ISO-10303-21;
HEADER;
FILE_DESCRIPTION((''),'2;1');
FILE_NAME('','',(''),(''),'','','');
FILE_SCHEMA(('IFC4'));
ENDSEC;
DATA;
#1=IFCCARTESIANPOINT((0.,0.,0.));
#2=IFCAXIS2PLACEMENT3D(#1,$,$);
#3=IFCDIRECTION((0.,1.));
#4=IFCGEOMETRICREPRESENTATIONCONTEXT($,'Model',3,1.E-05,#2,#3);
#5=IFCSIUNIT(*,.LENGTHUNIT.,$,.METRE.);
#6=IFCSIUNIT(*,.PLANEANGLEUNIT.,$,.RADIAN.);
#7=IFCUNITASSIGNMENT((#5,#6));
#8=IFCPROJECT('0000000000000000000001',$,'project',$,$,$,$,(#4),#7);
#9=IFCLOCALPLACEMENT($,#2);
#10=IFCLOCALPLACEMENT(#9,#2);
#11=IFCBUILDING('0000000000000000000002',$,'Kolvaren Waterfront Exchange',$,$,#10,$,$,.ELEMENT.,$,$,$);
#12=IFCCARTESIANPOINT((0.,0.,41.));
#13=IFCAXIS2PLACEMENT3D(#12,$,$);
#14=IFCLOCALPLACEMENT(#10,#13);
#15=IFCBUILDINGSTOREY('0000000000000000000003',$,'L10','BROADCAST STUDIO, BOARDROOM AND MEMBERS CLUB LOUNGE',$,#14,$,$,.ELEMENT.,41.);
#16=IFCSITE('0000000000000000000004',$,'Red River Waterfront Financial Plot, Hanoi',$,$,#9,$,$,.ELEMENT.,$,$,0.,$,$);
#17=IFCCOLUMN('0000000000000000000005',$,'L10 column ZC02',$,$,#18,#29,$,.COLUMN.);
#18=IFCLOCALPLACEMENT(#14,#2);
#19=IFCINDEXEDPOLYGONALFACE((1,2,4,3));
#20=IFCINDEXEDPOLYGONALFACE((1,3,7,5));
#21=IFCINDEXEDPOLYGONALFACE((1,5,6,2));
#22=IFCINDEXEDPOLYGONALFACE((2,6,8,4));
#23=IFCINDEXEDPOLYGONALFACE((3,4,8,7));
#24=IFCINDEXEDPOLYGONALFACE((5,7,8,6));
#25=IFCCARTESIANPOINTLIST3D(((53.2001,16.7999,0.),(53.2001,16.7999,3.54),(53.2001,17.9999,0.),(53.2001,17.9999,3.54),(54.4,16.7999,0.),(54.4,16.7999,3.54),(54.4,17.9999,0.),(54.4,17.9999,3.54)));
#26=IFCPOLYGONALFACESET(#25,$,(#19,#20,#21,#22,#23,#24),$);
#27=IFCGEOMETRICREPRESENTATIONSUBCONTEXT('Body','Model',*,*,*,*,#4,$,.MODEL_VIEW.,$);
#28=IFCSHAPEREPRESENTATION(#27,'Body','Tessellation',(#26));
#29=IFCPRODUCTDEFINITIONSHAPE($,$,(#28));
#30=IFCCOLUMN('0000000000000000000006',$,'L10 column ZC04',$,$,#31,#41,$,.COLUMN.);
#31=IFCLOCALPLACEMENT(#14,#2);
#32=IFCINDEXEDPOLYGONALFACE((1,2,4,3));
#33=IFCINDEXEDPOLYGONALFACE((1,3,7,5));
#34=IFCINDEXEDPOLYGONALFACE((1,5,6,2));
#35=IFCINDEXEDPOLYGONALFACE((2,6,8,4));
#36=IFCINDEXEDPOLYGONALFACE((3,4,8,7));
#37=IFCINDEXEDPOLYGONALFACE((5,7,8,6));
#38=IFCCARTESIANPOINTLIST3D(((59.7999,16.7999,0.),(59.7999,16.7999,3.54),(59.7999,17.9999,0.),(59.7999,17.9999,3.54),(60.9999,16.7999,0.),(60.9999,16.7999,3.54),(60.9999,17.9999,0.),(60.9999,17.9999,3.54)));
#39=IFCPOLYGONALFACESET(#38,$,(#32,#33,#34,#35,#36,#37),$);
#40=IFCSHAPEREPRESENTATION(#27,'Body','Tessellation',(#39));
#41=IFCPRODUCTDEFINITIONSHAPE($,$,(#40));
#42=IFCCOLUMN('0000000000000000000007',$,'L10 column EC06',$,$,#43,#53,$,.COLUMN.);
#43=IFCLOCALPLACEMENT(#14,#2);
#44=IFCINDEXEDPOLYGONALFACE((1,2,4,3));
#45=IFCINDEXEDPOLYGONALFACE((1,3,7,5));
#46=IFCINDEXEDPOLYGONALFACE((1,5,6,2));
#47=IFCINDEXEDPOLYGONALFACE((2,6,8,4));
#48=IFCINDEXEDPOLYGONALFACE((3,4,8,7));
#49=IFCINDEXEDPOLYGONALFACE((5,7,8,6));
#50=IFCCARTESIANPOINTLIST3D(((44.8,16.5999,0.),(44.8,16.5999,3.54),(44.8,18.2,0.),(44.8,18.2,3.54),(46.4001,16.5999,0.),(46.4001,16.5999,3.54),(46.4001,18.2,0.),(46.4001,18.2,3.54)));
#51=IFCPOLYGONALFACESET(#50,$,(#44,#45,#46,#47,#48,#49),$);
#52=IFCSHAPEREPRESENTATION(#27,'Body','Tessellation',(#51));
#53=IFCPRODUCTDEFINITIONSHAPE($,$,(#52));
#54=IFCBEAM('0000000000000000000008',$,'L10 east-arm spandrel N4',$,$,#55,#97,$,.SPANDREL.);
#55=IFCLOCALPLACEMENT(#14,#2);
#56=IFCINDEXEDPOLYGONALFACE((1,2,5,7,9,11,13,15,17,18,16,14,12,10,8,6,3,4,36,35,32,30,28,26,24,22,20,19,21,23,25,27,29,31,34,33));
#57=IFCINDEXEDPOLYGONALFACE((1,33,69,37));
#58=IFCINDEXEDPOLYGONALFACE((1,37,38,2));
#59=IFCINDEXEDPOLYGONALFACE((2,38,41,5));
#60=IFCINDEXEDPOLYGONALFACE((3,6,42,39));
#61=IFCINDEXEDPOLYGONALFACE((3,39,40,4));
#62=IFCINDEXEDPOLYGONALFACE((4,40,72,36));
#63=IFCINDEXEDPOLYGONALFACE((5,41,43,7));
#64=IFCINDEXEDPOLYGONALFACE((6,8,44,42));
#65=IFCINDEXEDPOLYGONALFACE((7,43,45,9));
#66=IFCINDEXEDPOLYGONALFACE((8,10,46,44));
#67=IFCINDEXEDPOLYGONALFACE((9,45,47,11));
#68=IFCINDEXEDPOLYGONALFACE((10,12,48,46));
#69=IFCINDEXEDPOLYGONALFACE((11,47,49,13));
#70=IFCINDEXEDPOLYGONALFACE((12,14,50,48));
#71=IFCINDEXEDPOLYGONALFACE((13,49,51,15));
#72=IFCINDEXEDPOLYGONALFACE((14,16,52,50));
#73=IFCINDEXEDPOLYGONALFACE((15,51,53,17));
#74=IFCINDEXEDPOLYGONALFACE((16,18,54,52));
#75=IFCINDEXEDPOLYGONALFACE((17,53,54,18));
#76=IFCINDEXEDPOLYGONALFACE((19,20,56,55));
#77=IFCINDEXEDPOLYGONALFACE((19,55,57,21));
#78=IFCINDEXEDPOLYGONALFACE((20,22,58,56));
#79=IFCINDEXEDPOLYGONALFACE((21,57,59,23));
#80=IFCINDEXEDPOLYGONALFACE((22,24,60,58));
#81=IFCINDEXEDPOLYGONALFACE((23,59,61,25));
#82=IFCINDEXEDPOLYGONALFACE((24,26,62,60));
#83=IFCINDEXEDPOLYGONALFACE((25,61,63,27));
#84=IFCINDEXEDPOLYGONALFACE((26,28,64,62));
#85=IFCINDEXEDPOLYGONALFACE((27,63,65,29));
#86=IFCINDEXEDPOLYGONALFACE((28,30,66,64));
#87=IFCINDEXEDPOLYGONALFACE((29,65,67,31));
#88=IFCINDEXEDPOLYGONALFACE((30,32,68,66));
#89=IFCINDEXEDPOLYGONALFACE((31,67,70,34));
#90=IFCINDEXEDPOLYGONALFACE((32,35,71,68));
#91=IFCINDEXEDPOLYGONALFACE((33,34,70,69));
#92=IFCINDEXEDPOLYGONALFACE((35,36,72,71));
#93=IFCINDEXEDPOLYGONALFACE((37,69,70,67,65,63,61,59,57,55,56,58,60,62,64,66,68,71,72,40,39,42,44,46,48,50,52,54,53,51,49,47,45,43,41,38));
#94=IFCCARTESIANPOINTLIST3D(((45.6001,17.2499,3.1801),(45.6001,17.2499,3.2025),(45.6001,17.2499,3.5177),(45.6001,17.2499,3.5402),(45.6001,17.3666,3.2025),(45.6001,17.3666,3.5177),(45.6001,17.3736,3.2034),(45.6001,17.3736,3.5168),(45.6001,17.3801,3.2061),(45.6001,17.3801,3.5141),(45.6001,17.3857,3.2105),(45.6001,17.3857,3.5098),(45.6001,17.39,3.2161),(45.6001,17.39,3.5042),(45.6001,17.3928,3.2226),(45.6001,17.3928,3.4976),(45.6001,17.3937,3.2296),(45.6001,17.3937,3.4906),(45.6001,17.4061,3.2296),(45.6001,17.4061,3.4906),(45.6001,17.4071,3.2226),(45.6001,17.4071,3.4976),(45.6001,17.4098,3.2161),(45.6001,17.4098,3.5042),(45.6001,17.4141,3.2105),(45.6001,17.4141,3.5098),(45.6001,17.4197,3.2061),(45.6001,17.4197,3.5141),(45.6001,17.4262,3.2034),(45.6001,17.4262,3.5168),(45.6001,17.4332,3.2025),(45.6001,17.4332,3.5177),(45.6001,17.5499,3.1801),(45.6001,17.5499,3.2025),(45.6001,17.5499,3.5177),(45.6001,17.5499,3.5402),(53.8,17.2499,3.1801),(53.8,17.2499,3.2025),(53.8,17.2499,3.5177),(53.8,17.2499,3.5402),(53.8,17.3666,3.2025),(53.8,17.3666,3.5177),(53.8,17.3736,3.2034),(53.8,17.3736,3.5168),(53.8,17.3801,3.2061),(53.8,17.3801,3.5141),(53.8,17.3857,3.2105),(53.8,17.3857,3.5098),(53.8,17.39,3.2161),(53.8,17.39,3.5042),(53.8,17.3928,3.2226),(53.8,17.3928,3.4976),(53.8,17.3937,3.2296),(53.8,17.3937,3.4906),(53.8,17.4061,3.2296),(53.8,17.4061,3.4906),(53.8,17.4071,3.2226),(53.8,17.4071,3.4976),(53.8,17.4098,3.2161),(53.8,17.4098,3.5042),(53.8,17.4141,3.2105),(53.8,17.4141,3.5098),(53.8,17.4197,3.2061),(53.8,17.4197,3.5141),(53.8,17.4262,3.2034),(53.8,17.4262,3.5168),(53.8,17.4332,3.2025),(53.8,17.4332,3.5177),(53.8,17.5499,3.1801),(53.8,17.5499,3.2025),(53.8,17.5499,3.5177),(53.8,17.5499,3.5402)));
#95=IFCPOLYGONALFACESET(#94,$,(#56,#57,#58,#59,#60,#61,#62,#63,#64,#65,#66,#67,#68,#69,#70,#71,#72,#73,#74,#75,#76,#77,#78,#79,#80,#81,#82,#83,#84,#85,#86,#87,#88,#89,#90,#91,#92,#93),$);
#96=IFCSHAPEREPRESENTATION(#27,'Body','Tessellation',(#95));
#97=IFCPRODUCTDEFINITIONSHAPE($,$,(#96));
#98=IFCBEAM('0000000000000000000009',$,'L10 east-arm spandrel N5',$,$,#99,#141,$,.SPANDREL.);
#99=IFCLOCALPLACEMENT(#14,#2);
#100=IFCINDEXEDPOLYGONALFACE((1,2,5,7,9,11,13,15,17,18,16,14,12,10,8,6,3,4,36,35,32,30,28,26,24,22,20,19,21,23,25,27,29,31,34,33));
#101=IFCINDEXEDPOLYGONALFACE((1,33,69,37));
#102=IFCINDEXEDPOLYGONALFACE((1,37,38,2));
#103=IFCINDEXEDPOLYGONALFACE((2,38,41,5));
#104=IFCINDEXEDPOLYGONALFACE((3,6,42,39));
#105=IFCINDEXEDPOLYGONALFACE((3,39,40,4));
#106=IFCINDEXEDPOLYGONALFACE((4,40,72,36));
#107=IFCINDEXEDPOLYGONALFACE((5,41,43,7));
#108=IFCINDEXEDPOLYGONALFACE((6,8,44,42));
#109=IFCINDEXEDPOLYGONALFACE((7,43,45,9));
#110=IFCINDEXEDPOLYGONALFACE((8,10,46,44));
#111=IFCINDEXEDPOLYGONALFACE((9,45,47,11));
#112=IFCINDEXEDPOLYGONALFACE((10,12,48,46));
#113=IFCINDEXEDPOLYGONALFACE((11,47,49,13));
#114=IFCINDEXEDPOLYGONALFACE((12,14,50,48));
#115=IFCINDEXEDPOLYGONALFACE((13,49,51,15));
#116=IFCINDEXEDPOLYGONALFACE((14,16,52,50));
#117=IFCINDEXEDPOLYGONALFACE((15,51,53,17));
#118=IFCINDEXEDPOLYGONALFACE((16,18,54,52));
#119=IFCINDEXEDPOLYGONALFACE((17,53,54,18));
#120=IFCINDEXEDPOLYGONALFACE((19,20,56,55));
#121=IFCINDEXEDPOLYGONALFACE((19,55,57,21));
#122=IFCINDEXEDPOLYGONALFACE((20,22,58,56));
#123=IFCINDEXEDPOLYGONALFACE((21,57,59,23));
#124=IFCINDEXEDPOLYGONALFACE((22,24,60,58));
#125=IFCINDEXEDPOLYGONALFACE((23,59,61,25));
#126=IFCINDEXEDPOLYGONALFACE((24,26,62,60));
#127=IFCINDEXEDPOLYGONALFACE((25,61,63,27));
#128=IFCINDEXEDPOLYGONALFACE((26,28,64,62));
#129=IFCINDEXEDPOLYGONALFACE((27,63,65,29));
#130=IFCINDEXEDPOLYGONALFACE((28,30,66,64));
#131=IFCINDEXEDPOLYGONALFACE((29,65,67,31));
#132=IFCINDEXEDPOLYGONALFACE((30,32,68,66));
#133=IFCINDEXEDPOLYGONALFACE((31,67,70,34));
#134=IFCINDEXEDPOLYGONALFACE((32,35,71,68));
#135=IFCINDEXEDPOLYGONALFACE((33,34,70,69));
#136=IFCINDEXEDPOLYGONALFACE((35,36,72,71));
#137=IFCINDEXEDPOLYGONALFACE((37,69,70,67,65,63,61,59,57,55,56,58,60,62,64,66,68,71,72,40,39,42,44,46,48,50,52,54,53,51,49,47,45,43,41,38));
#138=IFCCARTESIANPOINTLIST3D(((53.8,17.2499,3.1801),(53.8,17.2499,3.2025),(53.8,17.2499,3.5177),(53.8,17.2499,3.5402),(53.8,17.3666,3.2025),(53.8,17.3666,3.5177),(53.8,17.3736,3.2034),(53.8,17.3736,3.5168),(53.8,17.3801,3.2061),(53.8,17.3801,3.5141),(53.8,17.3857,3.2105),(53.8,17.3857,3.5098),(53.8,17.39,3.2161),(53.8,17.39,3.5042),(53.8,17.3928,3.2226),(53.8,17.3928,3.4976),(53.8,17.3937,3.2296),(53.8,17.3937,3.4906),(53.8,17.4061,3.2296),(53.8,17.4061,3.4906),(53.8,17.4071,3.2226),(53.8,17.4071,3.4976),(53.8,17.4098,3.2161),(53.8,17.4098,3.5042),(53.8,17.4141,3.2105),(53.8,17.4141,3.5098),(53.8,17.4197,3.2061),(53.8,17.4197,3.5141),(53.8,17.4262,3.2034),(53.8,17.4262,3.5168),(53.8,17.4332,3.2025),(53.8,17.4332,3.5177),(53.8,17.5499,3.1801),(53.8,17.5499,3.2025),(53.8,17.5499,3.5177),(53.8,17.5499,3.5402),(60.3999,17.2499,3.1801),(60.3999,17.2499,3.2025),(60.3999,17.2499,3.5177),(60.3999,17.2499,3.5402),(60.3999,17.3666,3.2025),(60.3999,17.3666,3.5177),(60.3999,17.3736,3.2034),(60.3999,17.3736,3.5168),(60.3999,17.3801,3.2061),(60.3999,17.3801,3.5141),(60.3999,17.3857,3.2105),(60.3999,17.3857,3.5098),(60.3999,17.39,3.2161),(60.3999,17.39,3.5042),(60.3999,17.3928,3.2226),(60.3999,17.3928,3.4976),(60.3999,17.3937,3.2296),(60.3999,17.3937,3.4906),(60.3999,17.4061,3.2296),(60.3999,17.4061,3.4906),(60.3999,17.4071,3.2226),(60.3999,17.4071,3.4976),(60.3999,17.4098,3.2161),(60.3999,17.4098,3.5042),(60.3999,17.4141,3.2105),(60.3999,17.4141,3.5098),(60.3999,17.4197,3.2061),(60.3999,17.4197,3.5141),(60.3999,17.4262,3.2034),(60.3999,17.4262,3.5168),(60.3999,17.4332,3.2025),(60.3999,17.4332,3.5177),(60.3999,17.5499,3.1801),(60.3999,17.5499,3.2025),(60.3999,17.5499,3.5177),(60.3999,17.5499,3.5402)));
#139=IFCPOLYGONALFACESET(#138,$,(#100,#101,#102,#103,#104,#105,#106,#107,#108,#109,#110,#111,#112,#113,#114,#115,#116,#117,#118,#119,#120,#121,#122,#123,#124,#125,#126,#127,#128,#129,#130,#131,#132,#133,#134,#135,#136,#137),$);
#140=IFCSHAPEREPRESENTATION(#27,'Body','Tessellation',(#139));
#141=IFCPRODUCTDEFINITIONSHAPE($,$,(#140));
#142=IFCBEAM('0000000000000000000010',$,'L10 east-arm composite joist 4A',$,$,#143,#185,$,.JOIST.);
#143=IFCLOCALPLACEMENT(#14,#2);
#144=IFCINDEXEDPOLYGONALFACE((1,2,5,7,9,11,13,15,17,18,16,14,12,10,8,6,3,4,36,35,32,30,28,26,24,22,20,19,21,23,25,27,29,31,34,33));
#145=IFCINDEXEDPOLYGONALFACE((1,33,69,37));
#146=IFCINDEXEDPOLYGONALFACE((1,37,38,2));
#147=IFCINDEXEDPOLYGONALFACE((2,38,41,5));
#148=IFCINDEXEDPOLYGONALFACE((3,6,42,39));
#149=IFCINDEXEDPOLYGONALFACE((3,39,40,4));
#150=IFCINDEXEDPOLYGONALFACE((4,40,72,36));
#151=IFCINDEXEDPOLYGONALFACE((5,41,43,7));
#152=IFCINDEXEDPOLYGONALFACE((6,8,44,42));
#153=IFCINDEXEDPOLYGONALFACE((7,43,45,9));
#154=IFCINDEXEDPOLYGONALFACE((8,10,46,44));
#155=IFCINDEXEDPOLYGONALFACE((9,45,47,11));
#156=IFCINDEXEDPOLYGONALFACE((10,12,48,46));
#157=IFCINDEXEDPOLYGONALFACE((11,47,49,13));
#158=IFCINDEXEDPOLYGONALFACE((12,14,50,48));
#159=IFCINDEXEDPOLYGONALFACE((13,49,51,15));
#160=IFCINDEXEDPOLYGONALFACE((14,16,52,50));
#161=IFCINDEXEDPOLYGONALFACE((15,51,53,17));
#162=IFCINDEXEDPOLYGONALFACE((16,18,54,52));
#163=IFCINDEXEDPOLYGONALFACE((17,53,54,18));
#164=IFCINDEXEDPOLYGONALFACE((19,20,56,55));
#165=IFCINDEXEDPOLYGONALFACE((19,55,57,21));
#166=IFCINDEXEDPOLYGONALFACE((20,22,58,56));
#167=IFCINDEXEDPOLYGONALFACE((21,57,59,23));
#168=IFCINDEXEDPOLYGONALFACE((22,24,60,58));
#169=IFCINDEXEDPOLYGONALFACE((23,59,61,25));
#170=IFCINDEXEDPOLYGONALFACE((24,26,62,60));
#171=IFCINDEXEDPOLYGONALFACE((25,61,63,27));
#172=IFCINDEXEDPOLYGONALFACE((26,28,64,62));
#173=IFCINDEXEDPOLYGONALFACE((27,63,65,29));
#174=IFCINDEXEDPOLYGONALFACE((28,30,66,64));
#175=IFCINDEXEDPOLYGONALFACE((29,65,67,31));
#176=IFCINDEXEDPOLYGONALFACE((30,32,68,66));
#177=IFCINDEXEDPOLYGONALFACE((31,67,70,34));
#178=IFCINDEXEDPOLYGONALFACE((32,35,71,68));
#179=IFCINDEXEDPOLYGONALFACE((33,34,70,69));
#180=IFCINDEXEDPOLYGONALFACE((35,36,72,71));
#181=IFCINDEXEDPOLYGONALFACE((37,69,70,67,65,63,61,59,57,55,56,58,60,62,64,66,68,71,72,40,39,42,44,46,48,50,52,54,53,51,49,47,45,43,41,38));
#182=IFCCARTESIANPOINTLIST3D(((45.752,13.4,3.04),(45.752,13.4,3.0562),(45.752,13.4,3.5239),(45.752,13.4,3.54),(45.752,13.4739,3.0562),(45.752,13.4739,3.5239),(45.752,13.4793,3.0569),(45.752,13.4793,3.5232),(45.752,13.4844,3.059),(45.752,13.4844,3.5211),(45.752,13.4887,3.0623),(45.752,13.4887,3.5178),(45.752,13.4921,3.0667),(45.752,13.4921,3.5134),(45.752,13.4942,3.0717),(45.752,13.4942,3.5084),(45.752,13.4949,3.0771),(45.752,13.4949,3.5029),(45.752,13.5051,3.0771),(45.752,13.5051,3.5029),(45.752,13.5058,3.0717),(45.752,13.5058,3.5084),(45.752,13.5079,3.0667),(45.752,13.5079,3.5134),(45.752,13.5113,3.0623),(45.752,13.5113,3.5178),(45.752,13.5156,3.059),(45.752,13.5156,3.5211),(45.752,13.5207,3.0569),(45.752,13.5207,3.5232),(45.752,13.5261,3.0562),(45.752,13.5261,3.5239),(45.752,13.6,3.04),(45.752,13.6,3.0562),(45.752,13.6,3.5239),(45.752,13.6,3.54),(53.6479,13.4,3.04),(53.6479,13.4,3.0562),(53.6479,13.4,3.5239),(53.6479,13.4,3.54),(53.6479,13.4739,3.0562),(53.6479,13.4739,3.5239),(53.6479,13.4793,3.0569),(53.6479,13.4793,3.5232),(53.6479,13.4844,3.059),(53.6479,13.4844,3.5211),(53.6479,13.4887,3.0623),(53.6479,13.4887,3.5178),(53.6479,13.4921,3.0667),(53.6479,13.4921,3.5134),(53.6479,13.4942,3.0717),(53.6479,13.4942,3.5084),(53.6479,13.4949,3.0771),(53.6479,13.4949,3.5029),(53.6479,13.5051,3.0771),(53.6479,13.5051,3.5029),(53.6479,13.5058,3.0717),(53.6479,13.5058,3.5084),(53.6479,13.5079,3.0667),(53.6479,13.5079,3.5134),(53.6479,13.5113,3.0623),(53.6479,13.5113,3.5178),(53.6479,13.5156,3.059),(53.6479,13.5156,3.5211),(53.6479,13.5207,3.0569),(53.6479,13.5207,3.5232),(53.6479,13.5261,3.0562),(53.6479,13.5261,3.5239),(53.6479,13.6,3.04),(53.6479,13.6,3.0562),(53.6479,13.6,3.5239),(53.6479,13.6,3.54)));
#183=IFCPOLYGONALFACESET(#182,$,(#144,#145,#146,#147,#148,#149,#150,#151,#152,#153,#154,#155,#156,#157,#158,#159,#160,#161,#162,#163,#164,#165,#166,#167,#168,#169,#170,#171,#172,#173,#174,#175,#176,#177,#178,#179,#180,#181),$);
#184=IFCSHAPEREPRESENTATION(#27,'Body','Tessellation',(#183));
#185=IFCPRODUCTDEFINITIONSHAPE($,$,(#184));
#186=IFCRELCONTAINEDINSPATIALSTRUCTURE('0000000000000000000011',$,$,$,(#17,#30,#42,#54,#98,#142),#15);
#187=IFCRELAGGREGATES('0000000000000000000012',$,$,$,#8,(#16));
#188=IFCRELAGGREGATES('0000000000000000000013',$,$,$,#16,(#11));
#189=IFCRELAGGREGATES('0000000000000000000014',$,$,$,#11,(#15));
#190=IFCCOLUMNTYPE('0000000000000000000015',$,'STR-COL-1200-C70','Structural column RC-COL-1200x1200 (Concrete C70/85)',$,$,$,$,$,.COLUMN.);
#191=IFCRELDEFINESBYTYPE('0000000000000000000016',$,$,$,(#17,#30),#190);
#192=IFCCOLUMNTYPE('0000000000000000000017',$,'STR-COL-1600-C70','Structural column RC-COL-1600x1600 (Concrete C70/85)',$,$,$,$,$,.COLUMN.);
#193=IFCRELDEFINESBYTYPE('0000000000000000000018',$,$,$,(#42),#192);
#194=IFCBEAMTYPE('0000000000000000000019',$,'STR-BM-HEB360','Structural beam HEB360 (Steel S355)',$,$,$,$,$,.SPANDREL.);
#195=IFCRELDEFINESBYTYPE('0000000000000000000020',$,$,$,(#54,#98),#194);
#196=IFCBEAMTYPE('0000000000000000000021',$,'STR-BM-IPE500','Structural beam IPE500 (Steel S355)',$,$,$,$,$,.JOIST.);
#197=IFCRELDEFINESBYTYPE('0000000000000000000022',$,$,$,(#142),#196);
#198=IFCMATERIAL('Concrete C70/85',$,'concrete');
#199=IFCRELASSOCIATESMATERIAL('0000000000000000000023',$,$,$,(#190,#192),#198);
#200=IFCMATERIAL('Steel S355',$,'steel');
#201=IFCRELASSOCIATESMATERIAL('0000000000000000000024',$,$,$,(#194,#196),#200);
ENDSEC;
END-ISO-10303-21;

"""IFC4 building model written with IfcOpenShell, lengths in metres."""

from ifc_helpers import new_model, si_unit, direction, frame, origin, origin_2d, place, context, subcontext, project, spatial, rectangle, i_section, extrude, material, material_profile, profile_set, type_object, element, save


model = new_model("IFC4")

# Units and contexts
model_context = context("Model", 3, precision=1e-05, world=origin(), true_north=direction((0.0, 1.0)))
body_context = subcontext(model_context, "Body", "Model", "MODEL_VIEW")
ifc_project = project(units=[si_unit("LENGTHUNIT", "METRE"), si_unit("PLANEANGLEUNIT", "RADIAN")], contexts=[model_context])

# Site, building, storey
site_placement = place(None, origin())
site = spatial("IfcSite", under=ifc_project, at=site_placement, Name="Red River Waterfront Financial Plot, Hanoi", CompositionType="ELEMENT", RefElevation=0.0)
building_placement = place(site_placement, origin())
building = spatial("IfcBuilding", under=site, at=building_placement, Name="Kolvaren Waterfront Exchange", CompositionType="ELEMENT")
storey_placement = place(building_placement, frame((0.0, 0.0, 41.0)))
storey = spatial("IfcBuildingStorey", under=building, at=storey_placement, Name="L10", Description="BROADCAST STUDIO, BOARDROOM AND MEMBERS CLUB LOUNGE", CompositionType="ELEMENT", Elevation=41.0)

# Columns
ifc_material_1 = material(Name="Concrete C70/85", Category="concrete")
ifc_material_profile_1 = material_profile(ifc_material_1, rectangle(XDim=1.2, YDim=1.2, at=origin_2d()), Name="RC-COL-1200x1200")
ifc_profile_set_1 = profile_set([ifc_material_profile_1], Name="Concrete C70/85")
column_type_1 = type_object("IfcColumnType", Name="STR-COL-1200-C70", Description="Structural column RC-COL-1200x1200 (Concrete C70/85)", PredefinedType="COLUMN", material=ifc_profile_set_1)
for number, where, z_axis, x_axis, name in (
    (1, (53.8, 17.3999, 0.0), (0.0, 0.0, 1.0), (1.0, 0.0, 0.0), "L10 column ZC02"),
    (2, (60.3999, 17.3999, 0.0), (0.0, 0.0, 1.0), (1.0, 0.0, 0.0), "L10 column ZC04"),
):
    element("IfcColumn", number, at=place(storey_placement, frame(where, z_axis=z_axis, x_axis=x_axis)), inside=storey, type_object=column_type_1, Name=name, PredefinedType="COLUMN", context=body_context, shape_type="SweptSolid", body=[
        extrude(rectangle(XDim=1.2, YDim=1.2, at=origin_2d()), origin(), (0.0, 0.0, 1.0), 3.54),
    ])
ifc_material_profile_2 = material_profile(ifc_material_1, rectangle(XDim=1.6001, YDim=1.6001, at=origin_2d()), Name="RC-COL-1600x1600")
ifc_profile_set_2 = profile_set([ifc_material_profile_2], Name="Concrete C70/85")
column_type_2 = type_object("IfcColumnType", Name="STR-COL-1600-C70", Description="Structural column RC-COL-1600x1600 (Concrete C70/85)", PredefinedType="COLUMN", material=ifc_profile_set_2)
column_placement = place(storey_placement, frame((45.6001, 17.3999, 0.0), z_axis=(0.0, 0.0, 1.0), x_axis=(1.0, 0.0, 0.0)))
element("IfcColumn", 3, at=column_placement, inside=storey, type_object=column_type_2, Name="L10 column EC06", PredefinedType="COLUMN", context=body_context, shape_type="SweptSolid", body=[
    extrude(rectangle(XDim=1.6001, YDim=1.6001, at=origin_2d()), origin(), (0.0, 0.0, 1.0), 3.54),
])

# Beams
ifc_material_2 = material(Name="Steel S355", Category="steel")
ifc_material_profile_3 = material_profile(ifc_material_2, i_section(OverallWidth=0.3, OverallDepth=0.3601, WebThickness=0.0125, FlangeThickness=0.0225, FilletRadius=0.0271, at=origin_2d()), Name="HEB360")
ifc_profile_set_3 = profile_set([ifc_material_profile_3], Name="Steel S355")
beam_type_1 = type_object("IfcBeamType", Name="STR-BM-HEB360", Description="Structural beam HEB360 (Steel S355)", PredefinedType="SPANDREL", material=ifc_profile_set_3)
beam_1_placement = place(storey_placement, frame((45.6001, 17.3999, 3.3601), z_axis=(1.0, 0.0, 0.0), x_axis=(0.0, 1.0, 0.0)))
element("IfcBeam", 4, at=beam_1_placement, inside=storey, type_object=beam_type_1, Name="L10 east-arm spandrel N4", PredefinedType="SPANDREL", context=body_context, shape_type="SweptSolid", body=[
    extrude(i_section(OverallWidth=0.3, OverallDepth=0.3601, WebThickness=0.0125, FlangeThickness=0.0225, FilletRadius=0.0271, at=origin_2d()), origin(), (0.0, 0.0, 1.0), 8.2),
])
beam_2_placement = place(storey_placement, frame((53.8, 17.3999, 3.3601), z_axis=(1.0, 0.0, 0.0), x_axis=(0.0, 1.0, 0.0)))
element("IfcBeam", 5, at=beam_2_placement, inside=storey, type_object=beam_type_1, Name="L10 east-arm spandrel N5", PredefinedType="SPANDREL", context=body_context, shape_type="SweptSolid", body=[
    extrude(i_section(OverallWidth=0.3, OverallDepth=0.3601, WebThickness=0.0125, FlangeThickness=0.0225, FilletRadius=0.0271, at=origin_2d()), origin(), (0.0, 0.0, 1.0), 6.5999),
])
ifc_material_profile_4 = material_profile(ifc_material_2, i_section(OverallWidth=0.2, OverallDepth=0.5, WebThickness=0.0103, FlangeThickness=0.0161, FilletRadius=0.021, at=origin_2d()), Name="IPE500")
ifc_profile_set_4 = profile_set([ifc_material_profile_4], Name="Steel S355")
beam_type_2 = type_object("IfcBeamType", Name="STR-BM-IPE500", Description="Structural beam IPE500 (Steel S355)", PredefinedType="JOIST", material=ifc_profile_set_4)
for number, where, z_axis, x_axis, name in (
    (6, (45.752, 13.5, 3.29), (1.0, 0.0, 0.0), (0.0, 1.0, 0.0), "L10 east-arm composite joist 4A"),
):
    element("IfcBeam", number, at=place(storey_placement, frame(where, z_axis=z_axis, x_axis=x_axis)), inside=storey, type_object=beam_type_2, Name=name, PredefinedType="JOIST", context=body_context, shape_type="SweptSolid", body=[
        extrude(i_section(OverallWidth=0.2, OverallDepth=0.5, WebThickness=0.0103, FlangeThickness=0.0161, FilletRadius=0.021, at=origin_2d()), origin(), (0.0, 0.0, 1.0), 7.896),
    ])

save(model, "model.ifc")
